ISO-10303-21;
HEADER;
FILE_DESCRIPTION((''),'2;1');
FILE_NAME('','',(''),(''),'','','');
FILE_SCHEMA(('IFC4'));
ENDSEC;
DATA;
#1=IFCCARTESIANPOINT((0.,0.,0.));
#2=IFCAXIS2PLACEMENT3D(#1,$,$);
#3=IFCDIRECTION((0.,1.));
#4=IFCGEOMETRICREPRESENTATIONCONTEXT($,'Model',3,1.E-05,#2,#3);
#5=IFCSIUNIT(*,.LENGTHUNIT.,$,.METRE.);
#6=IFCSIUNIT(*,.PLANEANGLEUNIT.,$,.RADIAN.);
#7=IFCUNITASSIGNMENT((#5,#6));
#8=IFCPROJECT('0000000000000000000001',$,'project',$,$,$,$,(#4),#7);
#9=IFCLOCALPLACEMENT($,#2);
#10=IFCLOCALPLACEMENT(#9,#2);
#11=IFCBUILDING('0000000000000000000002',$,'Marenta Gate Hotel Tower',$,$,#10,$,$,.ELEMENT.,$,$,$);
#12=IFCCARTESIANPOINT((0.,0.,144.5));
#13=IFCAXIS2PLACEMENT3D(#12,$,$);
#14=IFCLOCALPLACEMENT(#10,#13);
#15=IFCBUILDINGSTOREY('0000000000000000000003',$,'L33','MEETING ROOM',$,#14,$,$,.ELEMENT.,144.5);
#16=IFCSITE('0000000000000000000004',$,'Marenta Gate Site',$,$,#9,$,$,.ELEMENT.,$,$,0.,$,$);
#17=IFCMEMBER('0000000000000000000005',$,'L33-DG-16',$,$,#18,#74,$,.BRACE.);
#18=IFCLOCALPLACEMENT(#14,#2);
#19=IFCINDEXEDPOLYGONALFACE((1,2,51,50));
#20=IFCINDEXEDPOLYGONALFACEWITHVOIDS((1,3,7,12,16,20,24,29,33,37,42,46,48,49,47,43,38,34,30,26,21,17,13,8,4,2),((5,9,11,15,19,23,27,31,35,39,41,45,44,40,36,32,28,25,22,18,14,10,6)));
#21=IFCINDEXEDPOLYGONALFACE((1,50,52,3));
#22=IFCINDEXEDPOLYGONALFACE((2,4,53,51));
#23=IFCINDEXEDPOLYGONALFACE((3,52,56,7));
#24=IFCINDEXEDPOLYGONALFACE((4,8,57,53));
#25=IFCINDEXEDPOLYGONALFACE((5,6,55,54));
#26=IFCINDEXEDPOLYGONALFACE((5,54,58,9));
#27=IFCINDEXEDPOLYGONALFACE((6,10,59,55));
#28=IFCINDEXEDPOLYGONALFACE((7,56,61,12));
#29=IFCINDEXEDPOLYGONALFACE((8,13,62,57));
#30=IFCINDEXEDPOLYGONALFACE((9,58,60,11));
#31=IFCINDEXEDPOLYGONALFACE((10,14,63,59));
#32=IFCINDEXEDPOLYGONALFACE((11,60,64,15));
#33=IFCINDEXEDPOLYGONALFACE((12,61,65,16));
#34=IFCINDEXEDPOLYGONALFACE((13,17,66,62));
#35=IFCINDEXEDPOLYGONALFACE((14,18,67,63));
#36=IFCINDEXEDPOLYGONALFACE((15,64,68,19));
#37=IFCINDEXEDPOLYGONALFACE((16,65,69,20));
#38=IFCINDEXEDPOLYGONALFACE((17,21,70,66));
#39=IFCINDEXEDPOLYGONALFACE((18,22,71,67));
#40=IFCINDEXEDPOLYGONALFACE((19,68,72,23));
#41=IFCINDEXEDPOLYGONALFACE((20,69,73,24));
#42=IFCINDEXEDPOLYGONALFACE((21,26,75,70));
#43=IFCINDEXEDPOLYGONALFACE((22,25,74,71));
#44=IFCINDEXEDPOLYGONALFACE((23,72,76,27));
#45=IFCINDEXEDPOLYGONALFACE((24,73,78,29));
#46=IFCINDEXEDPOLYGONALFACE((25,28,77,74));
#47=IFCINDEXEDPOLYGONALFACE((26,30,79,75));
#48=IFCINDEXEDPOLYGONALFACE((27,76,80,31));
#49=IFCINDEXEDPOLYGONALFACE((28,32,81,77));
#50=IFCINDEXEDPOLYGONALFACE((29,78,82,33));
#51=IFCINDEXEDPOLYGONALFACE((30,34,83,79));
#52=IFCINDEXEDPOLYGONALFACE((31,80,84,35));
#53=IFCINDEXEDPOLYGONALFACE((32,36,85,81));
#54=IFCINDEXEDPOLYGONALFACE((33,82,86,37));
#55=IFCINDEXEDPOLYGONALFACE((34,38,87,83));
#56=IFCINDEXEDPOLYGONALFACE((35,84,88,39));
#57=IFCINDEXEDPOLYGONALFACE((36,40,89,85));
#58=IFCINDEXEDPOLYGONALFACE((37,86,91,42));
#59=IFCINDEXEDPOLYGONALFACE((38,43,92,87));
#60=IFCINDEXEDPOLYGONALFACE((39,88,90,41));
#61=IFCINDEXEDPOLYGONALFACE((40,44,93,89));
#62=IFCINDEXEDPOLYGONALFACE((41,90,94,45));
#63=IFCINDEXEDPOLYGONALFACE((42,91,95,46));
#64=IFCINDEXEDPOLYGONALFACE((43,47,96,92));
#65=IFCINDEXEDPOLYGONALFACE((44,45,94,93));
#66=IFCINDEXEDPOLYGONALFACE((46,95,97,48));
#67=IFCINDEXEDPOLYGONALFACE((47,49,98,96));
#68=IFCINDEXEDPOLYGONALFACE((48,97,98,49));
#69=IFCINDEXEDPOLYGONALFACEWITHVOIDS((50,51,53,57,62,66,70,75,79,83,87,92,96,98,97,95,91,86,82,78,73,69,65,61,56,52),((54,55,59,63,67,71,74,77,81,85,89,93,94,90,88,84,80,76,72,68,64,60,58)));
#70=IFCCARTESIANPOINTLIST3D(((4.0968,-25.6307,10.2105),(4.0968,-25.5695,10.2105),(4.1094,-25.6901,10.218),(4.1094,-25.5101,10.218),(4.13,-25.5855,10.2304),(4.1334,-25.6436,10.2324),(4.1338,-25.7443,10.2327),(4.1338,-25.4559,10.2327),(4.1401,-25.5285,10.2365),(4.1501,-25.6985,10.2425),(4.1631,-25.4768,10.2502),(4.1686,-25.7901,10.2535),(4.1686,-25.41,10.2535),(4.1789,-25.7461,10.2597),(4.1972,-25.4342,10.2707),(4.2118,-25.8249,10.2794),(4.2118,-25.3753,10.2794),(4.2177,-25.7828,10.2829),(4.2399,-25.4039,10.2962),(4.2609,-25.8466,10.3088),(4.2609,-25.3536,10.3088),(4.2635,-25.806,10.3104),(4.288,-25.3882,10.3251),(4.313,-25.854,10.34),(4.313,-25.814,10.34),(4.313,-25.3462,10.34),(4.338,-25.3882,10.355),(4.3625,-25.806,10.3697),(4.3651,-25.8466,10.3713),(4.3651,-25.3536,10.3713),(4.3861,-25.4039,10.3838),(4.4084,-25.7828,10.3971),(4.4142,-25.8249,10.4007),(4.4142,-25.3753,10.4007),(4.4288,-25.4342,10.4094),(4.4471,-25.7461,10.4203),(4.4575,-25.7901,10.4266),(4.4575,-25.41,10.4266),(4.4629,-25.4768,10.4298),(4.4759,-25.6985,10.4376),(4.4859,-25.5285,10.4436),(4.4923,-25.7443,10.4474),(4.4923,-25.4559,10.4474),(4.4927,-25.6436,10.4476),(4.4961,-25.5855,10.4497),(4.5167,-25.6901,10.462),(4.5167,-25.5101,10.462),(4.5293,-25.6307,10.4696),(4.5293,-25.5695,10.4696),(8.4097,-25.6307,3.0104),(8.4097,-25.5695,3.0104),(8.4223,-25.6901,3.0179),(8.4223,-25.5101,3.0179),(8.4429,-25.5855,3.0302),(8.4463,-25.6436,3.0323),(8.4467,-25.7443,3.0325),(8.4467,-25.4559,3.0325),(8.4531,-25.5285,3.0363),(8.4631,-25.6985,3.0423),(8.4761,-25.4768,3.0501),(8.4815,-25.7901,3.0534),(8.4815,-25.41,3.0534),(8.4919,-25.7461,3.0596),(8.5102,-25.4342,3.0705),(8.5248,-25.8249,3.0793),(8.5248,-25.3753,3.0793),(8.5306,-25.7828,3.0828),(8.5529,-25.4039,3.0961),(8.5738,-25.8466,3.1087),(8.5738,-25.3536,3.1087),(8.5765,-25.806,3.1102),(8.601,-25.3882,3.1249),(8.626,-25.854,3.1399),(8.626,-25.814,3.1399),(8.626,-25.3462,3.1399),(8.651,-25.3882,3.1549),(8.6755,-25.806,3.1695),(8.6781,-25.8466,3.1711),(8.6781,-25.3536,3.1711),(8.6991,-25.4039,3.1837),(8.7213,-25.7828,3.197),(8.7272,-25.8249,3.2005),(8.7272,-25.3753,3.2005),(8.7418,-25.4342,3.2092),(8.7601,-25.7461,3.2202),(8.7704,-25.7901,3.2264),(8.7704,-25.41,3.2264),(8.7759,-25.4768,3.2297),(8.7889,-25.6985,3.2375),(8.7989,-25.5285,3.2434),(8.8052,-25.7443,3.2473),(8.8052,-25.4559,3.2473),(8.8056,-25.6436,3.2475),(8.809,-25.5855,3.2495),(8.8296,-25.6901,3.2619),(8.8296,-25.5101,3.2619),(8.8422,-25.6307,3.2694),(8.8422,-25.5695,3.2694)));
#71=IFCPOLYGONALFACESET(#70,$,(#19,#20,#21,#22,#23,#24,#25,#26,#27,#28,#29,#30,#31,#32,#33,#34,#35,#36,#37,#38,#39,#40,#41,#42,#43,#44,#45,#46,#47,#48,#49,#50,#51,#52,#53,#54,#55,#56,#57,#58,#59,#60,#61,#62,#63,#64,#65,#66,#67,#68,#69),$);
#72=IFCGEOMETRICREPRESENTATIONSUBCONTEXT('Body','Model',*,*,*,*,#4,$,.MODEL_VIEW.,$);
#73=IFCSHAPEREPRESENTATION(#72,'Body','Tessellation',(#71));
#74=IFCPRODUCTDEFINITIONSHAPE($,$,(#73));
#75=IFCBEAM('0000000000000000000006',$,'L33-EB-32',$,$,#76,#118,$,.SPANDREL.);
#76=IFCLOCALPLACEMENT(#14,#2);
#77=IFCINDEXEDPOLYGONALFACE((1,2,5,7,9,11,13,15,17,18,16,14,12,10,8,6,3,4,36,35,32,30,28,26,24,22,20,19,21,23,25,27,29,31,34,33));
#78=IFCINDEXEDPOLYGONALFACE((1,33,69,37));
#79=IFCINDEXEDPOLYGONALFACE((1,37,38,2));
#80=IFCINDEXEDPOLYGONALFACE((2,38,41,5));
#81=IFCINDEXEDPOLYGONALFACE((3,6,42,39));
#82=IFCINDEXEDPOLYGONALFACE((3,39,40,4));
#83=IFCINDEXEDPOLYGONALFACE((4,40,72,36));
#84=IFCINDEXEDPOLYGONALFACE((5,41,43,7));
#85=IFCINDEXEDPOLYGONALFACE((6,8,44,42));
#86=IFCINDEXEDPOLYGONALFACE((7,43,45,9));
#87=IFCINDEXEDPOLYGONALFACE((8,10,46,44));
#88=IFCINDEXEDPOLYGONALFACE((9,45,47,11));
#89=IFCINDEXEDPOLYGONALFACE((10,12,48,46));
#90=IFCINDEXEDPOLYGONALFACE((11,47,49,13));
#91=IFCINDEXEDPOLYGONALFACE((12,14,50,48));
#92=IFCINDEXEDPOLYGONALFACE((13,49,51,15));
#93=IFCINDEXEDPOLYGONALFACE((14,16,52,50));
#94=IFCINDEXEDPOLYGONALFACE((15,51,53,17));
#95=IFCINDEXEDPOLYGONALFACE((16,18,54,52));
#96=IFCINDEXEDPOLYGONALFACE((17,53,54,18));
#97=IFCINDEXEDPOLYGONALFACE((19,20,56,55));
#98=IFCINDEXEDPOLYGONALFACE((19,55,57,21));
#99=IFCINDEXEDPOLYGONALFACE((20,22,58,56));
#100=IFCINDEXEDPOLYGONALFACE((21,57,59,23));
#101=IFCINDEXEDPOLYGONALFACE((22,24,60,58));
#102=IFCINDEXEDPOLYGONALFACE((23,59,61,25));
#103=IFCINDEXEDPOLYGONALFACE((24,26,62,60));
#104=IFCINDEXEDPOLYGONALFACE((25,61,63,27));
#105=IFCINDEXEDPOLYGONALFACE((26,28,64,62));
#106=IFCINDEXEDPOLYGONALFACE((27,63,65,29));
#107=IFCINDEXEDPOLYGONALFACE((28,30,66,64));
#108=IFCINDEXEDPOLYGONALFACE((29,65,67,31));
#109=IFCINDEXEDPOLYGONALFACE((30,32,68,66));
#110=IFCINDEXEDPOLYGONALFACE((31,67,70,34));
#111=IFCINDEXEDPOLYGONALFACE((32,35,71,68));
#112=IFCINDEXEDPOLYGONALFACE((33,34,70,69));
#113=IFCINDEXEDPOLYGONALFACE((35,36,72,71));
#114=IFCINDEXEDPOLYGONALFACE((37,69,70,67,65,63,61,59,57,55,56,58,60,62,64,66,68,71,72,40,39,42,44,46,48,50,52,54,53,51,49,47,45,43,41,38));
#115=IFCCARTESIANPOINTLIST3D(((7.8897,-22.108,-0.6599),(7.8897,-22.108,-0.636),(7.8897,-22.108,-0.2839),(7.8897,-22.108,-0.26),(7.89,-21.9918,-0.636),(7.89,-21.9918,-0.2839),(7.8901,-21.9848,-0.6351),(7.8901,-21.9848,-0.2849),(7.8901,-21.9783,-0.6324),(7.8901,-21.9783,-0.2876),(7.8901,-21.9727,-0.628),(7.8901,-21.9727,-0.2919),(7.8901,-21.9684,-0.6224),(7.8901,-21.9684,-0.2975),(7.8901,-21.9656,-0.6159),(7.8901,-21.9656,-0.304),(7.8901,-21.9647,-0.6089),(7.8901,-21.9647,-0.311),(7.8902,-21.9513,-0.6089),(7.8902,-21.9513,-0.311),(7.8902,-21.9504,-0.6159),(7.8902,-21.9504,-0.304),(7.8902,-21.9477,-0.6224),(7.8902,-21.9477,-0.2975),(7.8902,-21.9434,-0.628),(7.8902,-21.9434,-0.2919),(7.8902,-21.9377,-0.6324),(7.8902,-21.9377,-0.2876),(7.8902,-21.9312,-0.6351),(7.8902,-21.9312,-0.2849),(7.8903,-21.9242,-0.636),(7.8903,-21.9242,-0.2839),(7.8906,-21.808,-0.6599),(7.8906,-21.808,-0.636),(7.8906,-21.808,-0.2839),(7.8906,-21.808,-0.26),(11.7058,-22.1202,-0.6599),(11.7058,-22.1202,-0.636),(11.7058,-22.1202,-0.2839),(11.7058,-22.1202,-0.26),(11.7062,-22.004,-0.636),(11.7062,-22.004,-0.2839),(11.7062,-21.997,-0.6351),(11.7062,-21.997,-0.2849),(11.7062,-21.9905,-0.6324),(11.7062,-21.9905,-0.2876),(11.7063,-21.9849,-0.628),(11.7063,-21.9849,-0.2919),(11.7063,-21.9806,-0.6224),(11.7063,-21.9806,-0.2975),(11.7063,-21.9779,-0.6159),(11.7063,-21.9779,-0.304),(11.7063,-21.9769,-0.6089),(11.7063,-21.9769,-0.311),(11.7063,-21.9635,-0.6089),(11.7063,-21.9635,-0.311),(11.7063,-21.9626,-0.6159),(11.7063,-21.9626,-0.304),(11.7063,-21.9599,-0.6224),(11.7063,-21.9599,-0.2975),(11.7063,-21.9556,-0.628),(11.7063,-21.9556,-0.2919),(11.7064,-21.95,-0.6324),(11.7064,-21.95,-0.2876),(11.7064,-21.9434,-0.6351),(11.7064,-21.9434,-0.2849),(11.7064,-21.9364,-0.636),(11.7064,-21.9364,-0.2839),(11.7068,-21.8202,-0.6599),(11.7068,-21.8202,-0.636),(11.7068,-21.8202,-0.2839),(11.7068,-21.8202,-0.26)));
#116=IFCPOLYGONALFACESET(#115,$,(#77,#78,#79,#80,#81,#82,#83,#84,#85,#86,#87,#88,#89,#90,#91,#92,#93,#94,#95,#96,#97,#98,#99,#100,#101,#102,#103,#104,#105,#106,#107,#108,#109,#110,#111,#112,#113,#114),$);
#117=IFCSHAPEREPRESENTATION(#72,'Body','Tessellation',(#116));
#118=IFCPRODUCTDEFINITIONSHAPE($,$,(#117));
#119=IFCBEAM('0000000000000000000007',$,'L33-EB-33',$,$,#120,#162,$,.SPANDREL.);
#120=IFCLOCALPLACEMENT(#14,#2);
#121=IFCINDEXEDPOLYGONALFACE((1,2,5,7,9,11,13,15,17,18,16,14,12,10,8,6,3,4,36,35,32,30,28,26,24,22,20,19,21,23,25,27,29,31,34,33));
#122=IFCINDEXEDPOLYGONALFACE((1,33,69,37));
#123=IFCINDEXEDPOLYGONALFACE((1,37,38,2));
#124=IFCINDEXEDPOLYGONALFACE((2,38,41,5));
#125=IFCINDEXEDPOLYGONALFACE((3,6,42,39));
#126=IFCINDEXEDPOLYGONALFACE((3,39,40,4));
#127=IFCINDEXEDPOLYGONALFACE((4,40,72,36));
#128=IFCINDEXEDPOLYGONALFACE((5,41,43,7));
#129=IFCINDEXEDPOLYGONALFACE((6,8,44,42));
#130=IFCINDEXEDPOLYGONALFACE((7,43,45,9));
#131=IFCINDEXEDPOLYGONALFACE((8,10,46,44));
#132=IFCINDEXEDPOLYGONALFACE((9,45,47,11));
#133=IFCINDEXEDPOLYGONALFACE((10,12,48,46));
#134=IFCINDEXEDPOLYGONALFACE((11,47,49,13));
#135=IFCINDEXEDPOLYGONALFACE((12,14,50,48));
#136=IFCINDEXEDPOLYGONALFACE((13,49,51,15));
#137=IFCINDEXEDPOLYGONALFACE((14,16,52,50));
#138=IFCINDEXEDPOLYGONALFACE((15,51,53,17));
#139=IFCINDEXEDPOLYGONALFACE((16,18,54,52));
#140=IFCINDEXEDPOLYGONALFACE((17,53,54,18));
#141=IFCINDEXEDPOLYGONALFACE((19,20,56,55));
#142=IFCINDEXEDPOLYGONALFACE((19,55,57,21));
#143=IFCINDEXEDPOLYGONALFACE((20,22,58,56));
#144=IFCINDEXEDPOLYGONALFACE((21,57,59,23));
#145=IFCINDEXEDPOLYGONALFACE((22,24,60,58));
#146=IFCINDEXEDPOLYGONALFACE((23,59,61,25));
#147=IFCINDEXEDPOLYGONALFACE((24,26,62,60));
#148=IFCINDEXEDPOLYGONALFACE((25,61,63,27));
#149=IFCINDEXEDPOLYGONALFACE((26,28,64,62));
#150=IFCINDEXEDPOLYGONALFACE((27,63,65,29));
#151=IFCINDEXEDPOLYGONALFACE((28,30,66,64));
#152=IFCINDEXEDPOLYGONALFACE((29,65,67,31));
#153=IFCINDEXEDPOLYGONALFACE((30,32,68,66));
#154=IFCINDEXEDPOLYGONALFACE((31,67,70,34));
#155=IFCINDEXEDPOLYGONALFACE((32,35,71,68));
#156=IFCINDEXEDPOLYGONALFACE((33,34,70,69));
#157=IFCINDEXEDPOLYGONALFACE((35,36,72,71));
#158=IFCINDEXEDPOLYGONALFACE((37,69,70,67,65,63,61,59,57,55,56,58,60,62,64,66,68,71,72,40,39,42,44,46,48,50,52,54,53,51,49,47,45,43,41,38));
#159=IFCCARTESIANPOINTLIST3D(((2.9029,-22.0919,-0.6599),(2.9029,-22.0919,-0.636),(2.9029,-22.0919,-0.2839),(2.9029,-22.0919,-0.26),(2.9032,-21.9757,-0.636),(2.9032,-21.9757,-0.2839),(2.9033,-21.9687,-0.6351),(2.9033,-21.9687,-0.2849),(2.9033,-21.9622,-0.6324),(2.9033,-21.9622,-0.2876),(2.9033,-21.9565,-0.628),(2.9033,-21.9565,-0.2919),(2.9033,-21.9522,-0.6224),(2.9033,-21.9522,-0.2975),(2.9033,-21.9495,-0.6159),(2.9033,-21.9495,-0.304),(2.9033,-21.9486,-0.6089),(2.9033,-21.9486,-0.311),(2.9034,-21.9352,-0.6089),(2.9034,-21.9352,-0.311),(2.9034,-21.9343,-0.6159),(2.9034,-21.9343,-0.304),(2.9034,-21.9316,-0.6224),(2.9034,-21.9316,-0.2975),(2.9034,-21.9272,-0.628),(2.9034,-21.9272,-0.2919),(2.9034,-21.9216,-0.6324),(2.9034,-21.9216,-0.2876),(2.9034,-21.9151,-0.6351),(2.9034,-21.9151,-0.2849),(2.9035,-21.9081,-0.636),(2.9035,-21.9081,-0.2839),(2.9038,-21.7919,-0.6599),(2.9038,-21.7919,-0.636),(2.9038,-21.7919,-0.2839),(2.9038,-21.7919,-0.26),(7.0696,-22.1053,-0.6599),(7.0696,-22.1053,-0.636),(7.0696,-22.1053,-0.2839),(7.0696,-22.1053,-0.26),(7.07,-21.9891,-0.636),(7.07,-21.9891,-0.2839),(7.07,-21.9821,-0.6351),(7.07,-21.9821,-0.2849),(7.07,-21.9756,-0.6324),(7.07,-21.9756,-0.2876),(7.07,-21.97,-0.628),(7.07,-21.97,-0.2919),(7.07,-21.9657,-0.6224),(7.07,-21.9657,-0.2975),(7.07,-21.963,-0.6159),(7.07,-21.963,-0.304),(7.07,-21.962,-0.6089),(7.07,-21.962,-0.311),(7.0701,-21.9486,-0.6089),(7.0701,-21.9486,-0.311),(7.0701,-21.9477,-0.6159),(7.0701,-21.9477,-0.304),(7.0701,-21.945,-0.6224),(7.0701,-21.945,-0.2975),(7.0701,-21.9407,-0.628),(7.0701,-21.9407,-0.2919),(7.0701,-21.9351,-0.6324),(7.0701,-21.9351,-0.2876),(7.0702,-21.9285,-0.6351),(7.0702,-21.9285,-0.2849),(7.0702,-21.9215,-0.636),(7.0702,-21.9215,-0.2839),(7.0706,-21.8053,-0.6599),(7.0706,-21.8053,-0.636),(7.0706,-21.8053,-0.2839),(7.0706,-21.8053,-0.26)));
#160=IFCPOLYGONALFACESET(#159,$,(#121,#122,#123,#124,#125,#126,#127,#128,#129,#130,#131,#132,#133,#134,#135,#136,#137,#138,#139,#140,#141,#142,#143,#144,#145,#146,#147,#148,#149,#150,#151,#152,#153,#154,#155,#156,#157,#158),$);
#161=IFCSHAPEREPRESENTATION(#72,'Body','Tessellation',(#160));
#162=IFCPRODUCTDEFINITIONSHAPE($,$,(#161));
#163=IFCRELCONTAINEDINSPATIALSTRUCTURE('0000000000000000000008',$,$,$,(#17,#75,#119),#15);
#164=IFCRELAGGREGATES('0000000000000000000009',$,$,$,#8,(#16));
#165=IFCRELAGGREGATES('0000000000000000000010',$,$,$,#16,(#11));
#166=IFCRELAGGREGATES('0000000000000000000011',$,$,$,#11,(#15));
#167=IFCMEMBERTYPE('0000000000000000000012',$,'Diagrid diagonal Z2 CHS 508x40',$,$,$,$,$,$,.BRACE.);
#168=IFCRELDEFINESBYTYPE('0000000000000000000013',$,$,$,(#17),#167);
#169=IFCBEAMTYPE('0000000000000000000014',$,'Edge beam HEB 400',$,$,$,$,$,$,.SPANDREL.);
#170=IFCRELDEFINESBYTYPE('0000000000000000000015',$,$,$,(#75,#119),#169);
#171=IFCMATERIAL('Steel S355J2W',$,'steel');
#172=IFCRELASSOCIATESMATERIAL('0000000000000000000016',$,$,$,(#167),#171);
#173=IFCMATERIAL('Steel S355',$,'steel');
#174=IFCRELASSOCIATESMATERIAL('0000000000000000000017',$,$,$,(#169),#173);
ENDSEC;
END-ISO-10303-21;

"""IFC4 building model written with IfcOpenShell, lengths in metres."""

from ifc_helpers import new_model, si_unit, direction, frame, origin, origin_2d, place, context, subcontext, project, spatial, hollow_circle, i_section, extrude, material, material_profile, profile_set, type_object, element, save


model = new_model("IFC4")

# Units and contexts
model_context = context("Model", 3, precision=1e-05, world=origin(), true_north=direction((0.0, 1.0)))
body_context = subcontext(model_context, "Body", "Model", "MODEL_VIEW")
ifc_project = project(units=[si_unit("LENGTHUNIT", "METRE"), si_unit("PLANEANGLEUNIT", "RADIAN")], contexts=[model_context])

# Site, building, storey
site_placement = place(None, origin())
site = spatial("IfcSite", under=ifc_project, at=site_placement, Name="Marenta Gate Site", CompositionType="ELEMENT", RefElevation=0.0)
building_placement = place(site_placement, origin())
building = spatial("IfcBuilding", under=site, at=building_placement, Name="Marenta Gate Hotel Tower", CompositionType="ELEMENT")
storey_placement = place(building_placement, frame((0.0, 0.0, 144.5)))
storey = spatial("IfcBuildingStorey", under=building, at=storey_placement, Name="L33", Description="MEETING ROOM", CompositionType="ELEMENT", Elevation=144.5)

# Member
ifc_material_1 = material(Name="Steel S355J2W", Category="steel")
ifc_material_profile_1 = material_profile(ifc_material_1, hollow_circle(Radius=0.2539, WallThickness=0.04, at=origin_2d()), Name="CHS 508x40")
ifc_profile_set_1 = profile_set([ifc_material_profile_1], Name="Steel S355J2W")
member_type_1 = type_object("IfcMemberType", Name="Diagrid diagonal Z2 CHS 508x40", PredefinedType="BRACE", material=ifc_profile_set_1)
for number, where, z_axis, x_axis, name in (
    (1, (8.626, -25.6001, 3.1399), (-0.513871, 0.0, 0.857867), (0.0, -1.0, 0.0), "L33-DG-16"),
):
    element("IfcMember", number, at=place(storey_placement, frame(where, z_axis=z_axis, x_axis=x_axis)), inside=storey, type_object=member_type_1, Name=name, PredefinedType="BRACE", context=body_context, shape_type="SweptSolid", body=[
        extrude(hollow_circle(Radius=0.2539, WallThickness=0.04, at=origin_2d()), origin(), (0.0, 0.0, 1.0), 8.3931),
    ])

# Beams
ifc_material_2 = material(Name="Steel S355", Category="steel")
ifc_material_profile_2 = material_profile(ifc_material_2, i_section(OverallWidth=0.3, OverallDepth=0.3999, WebThickness=0.0134, FlangeThickness=0.0239, FilletRadius=0.0271, at=origin_2d()), Name="HEB 400")
ifc_profile_set_2 = profile_set([ifc_material_profile_2], Name="Steel S355")
beam_type_1 = type_object("IfcBeamType", Name="Edge beam HEB 400", PredefinedType="SPANDREL", material=ifc_profile_set_2)
beam_1_placement = place(storey_placement, frame((11.7063, -21.9702, -0.46), z_axis=(-0.999995, 0.003199, 0.0), x_axis=(-0.003199, -0.999995, 0.0)))
element("IfcBeam", 2, at=beam_1_placement, inside=storey, type_object=beam_type_1, Name="L33-EB-32", PredefinedType="SPANDREL", context=body_context, shape_type="SweptSolid", body=[
    extrude(i_section(OverallWidth=0.3, OverallDepth=0.3999, WebThickness=0.0134, FlangeThickness=0.0239, FilletRadius=0.0271, at=origin_2d()), origin(), (0.0, 0.0, 1.0), 3.8162),
])
beam_2_placement = place(storey_placement, frame((7.0701, -21.9553, -0.46), z_axis=(-0.999995, 0.003223, 0.0), x_axis=(-0.003223, -0.999995, 0.0)))
element("IfcBeam", 3, at=beam_2_placement, inside=storey, type_object=beam_type_1, Name="L33-EB-33", PredefinedType="SPANDREL", context=body_context, shape_type="SweptSolid", body=[
    extrude(i_section(OverallWidth=0.3, OverallDepth=0.3999, WebThickness=0.0134, FlangeThickness=0.0239, FilletRadius=0.0271, at=origin_2d()), origin(), (0.0, 0.0, 1.0), 4.1667),
])

save(model, "model.ifc")
